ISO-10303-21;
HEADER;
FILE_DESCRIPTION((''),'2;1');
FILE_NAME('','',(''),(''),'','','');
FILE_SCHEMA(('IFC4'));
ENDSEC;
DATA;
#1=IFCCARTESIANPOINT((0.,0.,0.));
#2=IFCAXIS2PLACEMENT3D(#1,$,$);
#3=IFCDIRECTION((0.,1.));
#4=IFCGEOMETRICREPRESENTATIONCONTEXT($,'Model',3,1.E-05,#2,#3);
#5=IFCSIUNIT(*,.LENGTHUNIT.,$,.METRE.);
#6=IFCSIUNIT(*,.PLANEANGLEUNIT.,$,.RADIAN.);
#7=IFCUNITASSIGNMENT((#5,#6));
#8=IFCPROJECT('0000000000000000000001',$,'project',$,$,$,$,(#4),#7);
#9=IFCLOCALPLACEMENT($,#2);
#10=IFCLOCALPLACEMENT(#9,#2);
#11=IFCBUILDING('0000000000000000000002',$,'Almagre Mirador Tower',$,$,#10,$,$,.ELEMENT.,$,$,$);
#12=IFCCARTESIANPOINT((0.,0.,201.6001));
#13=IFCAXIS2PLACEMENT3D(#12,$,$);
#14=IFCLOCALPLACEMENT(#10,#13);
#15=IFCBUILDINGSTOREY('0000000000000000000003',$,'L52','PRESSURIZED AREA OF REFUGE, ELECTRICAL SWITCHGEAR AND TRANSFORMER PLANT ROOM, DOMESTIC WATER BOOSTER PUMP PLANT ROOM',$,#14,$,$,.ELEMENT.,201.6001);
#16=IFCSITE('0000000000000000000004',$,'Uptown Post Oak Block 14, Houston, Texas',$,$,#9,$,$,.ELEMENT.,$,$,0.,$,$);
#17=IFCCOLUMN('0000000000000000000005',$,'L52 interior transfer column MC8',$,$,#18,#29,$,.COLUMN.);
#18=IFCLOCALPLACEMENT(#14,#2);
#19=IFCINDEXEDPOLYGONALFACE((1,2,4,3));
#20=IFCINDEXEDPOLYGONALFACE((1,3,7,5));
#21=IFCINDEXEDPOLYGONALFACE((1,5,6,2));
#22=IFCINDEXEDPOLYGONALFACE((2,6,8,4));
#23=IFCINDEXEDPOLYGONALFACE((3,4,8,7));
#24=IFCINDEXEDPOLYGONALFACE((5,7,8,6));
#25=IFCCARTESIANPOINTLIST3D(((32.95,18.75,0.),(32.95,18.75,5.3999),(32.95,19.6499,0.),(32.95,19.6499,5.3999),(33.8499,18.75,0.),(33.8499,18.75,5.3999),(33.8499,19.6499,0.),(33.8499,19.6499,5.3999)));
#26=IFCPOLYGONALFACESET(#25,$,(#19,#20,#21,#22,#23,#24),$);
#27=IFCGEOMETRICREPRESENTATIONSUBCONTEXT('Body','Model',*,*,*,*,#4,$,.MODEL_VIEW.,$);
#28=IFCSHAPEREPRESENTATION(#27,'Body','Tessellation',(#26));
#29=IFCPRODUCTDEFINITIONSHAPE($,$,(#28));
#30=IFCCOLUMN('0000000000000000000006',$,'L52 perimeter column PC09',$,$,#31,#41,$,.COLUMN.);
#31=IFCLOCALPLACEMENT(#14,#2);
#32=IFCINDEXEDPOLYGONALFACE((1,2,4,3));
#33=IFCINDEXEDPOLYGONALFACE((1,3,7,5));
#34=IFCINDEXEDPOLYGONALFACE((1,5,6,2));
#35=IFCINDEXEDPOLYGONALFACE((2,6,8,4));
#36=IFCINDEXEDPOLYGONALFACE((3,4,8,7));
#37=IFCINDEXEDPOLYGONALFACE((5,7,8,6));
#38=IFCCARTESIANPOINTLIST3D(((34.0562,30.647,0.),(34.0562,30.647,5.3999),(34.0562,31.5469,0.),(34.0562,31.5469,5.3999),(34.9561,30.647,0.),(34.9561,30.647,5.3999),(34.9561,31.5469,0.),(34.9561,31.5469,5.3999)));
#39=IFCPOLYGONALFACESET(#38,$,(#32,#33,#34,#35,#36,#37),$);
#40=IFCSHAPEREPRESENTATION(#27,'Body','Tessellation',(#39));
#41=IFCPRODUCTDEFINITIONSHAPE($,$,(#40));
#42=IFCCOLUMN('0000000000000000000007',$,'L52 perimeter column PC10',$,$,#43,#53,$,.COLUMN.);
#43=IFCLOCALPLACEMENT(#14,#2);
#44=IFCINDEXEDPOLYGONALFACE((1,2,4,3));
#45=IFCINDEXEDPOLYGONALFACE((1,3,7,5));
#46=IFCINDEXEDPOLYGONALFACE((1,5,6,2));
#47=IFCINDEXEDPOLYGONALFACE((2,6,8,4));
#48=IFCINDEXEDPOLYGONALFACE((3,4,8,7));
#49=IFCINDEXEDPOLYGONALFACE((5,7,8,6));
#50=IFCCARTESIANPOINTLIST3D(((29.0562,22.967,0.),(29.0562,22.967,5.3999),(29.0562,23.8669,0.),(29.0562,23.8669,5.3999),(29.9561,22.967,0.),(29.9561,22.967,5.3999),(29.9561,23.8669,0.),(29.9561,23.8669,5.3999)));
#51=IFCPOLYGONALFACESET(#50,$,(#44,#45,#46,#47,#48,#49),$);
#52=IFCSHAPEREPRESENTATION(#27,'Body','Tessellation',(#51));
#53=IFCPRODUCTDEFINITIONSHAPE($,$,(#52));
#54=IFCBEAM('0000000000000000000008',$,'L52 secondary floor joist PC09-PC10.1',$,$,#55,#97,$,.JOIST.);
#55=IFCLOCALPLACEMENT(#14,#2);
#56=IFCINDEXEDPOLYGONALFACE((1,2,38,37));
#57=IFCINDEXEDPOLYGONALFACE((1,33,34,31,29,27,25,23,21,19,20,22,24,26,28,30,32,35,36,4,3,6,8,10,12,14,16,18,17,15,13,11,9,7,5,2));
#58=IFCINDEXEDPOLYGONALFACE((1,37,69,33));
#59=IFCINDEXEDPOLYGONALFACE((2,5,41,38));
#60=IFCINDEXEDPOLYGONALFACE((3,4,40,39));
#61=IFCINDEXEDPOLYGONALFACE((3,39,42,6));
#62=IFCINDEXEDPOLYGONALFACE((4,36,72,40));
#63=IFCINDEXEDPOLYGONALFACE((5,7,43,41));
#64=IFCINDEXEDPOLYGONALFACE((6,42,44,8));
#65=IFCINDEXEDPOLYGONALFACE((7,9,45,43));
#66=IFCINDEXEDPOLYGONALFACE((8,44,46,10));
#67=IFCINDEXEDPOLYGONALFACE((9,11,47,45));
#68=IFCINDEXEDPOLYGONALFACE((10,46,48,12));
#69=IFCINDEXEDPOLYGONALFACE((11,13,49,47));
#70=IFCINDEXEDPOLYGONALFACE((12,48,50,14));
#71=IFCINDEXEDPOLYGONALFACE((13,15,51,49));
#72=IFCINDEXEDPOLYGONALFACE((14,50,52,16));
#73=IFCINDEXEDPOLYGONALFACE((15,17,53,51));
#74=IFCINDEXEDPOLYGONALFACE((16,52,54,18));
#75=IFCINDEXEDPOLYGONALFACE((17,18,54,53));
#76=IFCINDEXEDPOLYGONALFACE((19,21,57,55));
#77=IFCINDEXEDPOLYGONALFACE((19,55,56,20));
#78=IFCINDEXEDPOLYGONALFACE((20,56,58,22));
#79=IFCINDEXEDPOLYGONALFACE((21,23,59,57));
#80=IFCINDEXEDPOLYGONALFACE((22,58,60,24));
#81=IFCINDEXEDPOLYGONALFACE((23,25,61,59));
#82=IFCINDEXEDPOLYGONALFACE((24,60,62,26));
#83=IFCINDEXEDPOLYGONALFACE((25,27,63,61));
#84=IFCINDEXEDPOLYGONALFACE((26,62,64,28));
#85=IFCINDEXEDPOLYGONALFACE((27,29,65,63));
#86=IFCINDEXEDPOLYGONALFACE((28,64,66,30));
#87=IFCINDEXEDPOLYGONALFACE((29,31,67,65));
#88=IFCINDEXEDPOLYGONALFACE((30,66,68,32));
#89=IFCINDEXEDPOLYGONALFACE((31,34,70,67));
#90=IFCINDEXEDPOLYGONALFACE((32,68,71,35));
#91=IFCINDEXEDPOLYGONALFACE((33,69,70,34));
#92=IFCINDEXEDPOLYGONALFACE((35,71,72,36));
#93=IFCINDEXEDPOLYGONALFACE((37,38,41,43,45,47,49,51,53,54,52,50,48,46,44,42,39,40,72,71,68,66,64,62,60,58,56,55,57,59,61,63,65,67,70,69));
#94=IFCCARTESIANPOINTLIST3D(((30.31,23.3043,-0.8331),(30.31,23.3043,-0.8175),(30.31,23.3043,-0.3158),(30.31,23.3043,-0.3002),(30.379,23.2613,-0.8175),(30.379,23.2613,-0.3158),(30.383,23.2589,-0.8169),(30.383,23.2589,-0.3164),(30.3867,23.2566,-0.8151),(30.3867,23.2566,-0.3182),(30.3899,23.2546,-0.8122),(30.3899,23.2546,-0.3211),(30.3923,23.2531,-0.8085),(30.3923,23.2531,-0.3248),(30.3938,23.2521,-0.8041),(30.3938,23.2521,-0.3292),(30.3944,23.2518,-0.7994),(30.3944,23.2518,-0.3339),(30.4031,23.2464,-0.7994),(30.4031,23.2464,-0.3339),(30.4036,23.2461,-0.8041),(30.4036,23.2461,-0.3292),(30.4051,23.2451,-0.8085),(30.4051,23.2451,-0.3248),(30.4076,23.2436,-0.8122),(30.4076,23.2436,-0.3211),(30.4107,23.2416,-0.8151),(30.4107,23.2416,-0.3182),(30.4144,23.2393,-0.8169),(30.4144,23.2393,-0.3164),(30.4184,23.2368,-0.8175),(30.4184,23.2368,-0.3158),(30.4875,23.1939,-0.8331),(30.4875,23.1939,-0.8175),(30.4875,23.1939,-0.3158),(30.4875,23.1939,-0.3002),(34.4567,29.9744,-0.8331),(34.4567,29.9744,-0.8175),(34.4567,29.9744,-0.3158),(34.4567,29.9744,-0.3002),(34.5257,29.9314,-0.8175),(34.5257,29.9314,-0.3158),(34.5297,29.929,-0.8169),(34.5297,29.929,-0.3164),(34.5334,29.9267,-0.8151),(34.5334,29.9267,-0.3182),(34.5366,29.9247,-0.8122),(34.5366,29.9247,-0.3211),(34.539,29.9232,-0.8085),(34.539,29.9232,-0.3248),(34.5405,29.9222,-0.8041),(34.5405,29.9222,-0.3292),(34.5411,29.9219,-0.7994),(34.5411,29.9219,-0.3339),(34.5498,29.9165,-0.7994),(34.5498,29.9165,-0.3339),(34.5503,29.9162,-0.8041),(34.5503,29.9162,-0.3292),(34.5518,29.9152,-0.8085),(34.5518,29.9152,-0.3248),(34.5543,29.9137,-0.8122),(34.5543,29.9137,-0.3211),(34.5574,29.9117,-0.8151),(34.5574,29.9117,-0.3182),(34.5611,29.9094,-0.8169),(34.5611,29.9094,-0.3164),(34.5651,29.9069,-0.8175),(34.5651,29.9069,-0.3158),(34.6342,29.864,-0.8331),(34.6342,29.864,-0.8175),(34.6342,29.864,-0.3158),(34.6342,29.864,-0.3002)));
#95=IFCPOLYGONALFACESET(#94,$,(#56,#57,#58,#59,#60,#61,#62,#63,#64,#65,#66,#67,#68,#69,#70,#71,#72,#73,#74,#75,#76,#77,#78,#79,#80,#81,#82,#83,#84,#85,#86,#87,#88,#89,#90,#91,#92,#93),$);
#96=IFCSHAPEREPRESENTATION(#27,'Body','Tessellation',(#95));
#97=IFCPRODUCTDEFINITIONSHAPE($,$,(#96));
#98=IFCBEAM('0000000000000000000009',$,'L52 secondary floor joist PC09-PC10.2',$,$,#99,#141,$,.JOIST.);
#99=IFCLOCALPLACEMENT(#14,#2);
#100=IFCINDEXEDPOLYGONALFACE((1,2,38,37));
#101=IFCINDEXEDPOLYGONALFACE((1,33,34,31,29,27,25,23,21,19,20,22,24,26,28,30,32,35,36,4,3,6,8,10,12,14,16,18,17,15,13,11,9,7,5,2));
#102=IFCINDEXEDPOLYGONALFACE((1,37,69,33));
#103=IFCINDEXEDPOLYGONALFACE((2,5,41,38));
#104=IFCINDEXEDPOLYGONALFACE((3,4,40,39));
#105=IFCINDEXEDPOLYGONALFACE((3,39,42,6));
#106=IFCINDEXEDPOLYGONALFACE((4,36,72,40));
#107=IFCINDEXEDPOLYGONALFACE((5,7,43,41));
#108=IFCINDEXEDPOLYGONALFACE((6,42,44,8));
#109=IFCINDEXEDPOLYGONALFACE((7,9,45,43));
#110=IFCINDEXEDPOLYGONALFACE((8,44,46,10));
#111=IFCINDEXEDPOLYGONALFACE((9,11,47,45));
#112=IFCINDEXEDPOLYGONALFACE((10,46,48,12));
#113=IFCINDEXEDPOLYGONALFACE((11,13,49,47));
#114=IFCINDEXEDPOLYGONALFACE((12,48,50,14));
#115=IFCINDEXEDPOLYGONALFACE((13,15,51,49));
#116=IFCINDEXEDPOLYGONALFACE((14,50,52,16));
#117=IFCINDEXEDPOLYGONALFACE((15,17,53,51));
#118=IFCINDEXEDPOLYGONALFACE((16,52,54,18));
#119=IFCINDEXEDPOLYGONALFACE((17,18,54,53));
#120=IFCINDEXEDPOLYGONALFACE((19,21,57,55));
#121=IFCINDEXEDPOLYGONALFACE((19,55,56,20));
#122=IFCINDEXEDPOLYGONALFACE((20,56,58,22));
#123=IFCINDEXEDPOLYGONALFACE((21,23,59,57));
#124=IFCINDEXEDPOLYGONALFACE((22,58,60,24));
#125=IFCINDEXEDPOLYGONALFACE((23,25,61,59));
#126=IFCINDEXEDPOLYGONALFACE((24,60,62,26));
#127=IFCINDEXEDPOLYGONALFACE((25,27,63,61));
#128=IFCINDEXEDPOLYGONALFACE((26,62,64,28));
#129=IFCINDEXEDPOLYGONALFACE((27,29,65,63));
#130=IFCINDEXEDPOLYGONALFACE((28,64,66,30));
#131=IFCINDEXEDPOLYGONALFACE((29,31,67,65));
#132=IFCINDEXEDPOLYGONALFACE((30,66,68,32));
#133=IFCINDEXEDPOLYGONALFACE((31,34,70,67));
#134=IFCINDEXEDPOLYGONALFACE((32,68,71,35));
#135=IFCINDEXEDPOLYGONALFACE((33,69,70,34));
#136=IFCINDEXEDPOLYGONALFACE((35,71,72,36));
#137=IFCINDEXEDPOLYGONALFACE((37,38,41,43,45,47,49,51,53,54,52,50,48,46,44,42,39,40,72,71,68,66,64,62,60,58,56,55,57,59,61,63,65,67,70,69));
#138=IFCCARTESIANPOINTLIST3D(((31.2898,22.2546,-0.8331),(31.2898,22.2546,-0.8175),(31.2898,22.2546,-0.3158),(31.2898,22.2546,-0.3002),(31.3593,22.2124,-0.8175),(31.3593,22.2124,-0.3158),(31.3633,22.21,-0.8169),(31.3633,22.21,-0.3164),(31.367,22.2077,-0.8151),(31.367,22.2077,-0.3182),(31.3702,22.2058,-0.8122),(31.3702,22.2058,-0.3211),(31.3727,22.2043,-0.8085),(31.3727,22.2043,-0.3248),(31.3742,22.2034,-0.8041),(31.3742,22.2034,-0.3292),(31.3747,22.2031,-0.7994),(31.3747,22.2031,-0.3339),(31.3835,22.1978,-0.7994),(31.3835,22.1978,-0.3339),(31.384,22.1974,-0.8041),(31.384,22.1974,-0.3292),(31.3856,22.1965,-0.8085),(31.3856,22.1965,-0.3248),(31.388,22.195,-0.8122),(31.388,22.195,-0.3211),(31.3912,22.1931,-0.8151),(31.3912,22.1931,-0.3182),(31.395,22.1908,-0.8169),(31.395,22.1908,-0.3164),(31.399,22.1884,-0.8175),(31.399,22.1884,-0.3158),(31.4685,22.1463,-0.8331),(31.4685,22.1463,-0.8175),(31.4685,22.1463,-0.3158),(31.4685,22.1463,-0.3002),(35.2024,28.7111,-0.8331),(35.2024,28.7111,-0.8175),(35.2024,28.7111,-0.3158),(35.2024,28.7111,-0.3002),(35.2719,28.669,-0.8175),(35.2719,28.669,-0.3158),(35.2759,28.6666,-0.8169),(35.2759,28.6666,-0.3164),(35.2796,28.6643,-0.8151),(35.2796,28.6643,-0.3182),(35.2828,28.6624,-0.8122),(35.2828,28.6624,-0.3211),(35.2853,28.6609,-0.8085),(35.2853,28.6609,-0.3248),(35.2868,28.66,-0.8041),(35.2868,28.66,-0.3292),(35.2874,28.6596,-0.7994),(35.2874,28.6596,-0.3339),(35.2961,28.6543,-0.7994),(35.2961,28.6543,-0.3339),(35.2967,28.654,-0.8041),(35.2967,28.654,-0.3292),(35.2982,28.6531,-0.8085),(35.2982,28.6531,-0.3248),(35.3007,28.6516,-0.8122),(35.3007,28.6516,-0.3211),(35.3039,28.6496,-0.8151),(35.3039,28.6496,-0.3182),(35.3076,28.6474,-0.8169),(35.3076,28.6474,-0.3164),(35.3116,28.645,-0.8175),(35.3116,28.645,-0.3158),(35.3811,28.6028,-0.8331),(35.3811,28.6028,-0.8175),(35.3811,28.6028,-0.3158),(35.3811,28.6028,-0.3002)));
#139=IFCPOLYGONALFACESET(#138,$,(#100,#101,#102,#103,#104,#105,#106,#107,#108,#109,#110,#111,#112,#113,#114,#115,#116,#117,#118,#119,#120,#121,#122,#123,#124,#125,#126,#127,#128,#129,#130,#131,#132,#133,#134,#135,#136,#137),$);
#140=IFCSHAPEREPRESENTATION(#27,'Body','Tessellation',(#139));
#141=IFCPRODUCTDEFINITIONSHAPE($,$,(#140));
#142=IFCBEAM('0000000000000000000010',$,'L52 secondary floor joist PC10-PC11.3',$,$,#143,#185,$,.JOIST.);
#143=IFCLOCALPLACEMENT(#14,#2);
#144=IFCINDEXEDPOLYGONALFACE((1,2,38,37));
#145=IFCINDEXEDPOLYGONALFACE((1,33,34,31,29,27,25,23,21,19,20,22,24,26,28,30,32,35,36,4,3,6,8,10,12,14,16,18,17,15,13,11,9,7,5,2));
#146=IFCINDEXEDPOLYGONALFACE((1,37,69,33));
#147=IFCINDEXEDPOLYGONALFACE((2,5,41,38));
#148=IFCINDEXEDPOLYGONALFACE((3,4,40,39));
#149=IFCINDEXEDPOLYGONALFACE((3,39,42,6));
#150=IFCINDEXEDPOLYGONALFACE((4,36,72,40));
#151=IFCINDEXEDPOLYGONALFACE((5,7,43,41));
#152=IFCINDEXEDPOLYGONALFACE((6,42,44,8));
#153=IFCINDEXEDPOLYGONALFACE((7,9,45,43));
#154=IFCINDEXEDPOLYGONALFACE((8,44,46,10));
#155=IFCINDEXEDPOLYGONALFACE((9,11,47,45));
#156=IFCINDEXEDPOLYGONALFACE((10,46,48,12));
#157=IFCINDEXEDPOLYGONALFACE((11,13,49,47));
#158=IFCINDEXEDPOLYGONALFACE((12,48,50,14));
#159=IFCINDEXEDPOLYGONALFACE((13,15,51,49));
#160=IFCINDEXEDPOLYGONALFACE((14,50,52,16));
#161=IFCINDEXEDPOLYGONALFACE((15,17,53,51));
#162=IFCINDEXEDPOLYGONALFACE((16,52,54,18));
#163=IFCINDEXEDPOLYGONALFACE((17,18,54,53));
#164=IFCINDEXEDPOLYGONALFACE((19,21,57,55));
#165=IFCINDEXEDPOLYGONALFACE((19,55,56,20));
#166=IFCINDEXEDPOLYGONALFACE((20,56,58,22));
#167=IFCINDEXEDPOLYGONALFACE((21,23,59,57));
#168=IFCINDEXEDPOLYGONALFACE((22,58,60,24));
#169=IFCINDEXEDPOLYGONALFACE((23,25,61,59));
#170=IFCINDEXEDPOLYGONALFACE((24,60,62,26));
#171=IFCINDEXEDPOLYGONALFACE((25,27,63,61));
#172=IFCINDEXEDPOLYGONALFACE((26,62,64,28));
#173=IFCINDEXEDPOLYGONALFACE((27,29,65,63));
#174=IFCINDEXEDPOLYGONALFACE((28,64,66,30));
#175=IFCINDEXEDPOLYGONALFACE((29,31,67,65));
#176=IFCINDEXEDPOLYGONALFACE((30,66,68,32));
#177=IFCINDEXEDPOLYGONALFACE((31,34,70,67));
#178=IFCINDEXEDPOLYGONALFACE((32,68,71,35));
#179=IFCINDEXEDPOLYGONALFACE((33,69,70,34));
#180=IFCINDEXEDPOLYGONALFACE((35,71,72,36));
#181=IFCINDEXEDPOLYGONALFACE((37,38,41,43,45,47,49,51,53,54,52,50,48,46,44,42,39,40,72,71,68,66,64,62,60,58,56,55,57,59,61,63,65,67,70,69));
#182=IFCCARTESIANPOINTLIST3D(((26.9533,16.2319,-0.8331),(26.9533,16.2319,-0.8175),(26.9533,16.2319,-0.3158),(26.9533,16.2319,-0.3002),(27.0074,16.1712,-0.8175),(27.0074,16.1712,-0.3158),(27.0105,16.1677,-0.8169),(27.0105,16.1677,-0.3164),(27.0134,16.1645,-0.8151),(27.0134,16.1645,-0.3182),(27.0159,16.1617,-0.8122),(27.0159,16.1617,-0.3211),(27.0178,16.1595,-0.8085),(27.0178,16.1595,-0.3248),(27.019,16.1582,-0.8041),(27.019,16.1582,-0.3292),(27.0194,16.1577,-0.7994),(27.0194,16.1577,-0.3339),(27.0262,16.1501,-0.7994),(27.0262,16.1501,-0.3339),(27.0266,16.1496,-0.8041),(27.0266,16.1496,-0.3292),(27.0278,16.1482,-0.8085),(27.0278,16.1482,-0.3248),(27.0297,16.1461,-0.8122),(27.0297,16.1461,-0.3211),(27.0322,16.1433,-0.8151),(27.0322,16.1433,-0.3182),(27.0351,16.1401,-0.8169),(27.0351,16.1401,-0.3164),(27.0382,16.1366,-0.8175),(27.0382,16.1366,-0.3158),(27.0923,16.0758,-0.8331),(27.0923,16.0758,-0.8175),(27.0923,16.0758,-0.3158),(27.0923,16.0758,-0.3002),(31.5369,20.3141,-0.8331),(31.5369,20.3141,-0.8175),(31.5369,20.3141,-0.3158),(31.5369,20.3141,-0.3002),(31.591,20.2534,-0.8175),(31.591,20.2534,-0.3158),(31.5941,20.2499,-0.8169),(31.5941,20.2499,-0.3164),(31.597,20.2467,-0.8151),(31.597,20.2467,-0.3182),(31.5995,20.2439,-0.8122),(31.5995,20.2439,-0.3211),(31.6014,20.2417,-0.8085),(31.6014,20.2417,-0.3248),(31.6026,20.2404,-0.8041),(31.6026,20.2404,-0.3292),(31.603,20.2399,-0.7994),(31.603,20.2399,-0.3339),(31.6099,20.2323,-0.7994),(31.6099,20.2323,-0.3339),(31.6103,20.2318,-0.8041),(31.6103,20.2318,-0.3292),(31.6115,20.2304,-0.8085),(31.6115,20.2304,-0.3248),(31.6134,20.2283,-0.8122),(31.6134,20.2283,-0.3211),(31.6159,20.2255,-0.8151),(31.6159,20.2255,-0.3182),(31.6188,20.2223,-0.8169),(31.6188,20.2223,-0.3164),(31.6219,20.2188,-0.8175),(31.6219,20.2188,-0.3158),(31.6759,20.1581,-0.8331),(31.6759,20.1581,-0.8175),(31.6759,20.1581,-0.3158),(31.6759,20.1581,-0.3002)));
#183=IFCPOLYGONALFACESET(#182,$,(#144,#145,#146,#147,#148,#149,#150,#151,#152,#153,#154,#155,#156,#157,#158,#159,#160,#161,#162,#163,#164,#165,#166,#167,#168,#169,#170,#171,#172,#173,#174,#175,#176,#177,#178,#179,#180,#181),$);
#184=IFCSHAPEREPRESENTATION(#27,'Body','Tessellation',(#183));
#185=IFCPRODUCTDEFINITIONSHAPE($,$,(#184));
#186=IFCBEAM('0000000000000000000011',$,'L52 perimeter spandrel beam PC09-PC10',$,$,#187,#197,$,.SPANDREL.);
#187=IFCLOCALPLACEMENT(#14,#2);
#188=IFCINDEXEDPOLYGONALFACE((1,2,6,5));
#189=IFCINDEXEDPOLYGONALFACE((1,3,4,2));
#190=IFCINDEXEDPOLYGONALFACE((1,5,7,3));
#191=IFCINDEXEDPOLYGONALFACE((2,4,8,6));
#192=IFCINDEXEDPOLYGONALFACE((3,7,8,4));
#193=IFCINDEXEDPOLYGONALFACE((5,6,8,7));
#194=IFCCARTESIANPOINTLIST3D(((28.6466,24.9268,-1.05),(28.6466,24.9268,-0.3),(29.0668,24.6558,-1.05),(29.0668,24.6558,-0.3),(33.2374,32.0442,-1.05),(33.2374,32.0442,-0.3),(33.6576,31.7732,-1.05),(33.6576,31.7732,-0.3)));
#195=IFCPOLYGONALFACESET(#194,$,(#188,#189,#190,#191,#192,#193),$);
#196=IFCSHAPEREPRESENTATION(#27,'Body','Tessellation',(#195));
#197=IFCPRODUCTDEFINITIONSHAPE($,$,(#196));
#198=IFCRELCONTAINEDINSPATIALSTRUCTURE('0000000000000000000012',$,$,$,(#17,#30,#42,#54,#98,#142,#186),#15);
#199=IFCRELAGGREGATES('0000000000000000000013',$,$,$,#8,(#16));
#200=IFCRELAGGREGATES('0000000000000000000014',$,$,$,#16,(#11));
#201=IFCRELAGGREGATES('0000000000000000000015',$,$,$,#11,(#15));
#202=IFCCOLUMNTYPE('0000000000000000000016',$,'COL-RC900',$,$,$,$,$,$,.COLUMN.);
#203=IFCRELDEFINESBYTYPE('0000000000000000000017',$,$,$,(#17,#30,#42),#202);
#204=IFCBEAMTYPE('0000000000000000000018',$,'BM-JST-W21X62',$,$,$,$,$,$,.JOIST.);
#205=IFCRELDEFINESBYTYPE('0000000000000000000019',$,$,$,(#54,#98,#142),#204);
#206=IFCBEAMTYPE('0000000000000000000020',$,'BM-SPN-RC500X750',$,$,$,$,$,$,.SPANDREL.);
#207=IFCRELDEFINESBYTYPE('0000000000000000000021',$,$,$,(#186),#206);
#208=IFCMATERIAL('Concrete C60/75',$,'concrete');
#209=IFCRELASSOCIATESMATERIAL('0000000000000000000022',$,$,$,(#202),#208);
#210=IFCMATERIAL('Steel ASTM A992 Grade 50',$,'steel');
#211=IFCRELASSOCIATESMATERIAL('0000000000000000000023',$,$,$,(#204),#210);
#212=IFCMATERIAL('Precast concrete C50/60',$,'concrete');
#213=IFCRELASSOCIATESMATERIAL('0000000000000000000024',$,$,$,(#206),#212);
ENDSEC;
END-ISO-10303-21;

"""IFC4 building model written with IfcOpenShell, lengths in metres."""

from ifc_helpers import new_model, si_unit, direction, frame, origin, origin_2d, place, context, subcontext, project, spatial, rectangle, i_section, extrude, material, material_profile, profile_set, type_object, element, save


model = new_model("IFC4")

# Units and contexts
model_context = context("Model", 3, precision=1e-05, world=origin(), true_north=direction((0.0, 1.0)))
body_context = subcontext(model_context, "Body", "Model", "MODEL_VIEW")
ifc_project = project(units=[si_unit("LENGTHUNIT", "METRE"), si_unit("PLANEANGLEUNIT", "RADIAN")], contexts=[model_context])

# Site, building, storey
site_placement = place(None, origin())
site = spatial("IfcSite", under=ifc_project, at=site_placement, Name="Uptown Post Oak Block 14, Houston, Texas", CompositionType="ELEMENT", RefElevation=0.0)
building_placement = place(site_placement, origin())
building = spatial("IfcBuilding", under=site, at=building_placement, Name="Almagre Mirador Tower", CompositionType="ELEMENT")
storey_placement = place(building_placement, frame((0.0, 0.0, 201.6001)))
storey = spatial("IfcBuildingStorey", under=building, at=storey_placement, Name="L52", Description="PRESSURIZED AREA OF REFUGE, ELECTRICAL SWITCHGEAR AND TRANSFORMER PLANT ROOM, DOMESTIC WATER BOOSTER PUMP PLANT ROOM", CompositionType="ELEMENT", Elevation=201.6001)

# Columns
ifc_material_1 = material(Name="Concrete C60/75", Category="concrete")
ifc_material_profile_1 = material_profile(ifc_material_1, rectangle(XDim=0.8999, YDim=0.8999, at=origin_2d()), Name="RC900X900")
ifc_profile_set_1 = profile_set([ifc_material_profile_1], Name="Concrete C60/75")
column_type = type_object("IfcColumnType", Name="COL-RC900", PredefinedType="COLUMN", material=ifc_profile_set_1)
for number, where, z_axis, x_axis, name in (
    (1, (33.3999, 19.2, 0.0), (0.0, 0.0, 1.0), (1.0, 0.0, 0.0), "L52 interior transfer column MC8"),
    (2, (34.5061, 31.0969, 0.0), (0.0, 0.0, 1.0), (1.0, 0.0, 0.0), "L52 perimeter column PC09"),
    (3, (29.5061, 23.417, 0.0), (0.0, 0.0, 1.0), (1.0, 0.0, 0.0), "L52 perimeter column PC10"),
):
    element("IfcColumn", number, at=place(storey_placement, frame(where, z_axis=z_axis, x_axis=x_axis)), inside=storey, type_object=column_type, Name=name, PredefinedType="COLUMN", context=body_context, shape_type="SweptSolid", body=[
        extrude(rectangle(XDim=0.8999, YDim=0.8999, at=origin_2d()), origin(), (0.0, 0.0, 1.0), 5.3999),
    ])

# Beams
ifc_material_2 = material(Name="Steel ASTM A992 Grade 50", Category="steel")
ifc_material_profile_2 = material_profile(ifc_material_2, i_section(OverallWidth=0.209, OverallDepth=0.533, WebThickness=0.0103, FlangeThickness=0.0156, FilletRadius=0.0181, at=origin_2d()), Name="W21X62")
ifc_profile_set_2 = profile_set([ifc_material_profile_2], Name="Steel ASTM A992 Grade 50")
beam_type_1 = type_object("IfcBeamType", Name="BM-JST-W21X62", PredefinedType="JOIST", material=ifc_profile_set_2)
beam_1_placement = place(storey_placement, frame((34.5454, 29.9192, -0.5667), z_axis=(-0.527972, -0.849262, 0.0), x_axis=(0.849262, -0.527972, 0.0)))
element("IfcBeam", 4, at=beam_1_placement, inside=storey, type_object=beam_type_1, Name="L52 secondary floor joist PC09-PC10.1", PredefinedType="JOIST", context=body_context, shape_type="SweptSolid", body=[
    extrude(i_section(OverallWidth=0.209, OverallDepth=0.533, WebThickness=0.0103, FlangeThickness=0.0156, FilletRadius=0.0181, at=origin_2d()), origin(), (0.0, 0.0, 1.0), 7.854),
])
beam_2_placement = place(storey_placement, frame((35.2917, 28.657, -0.5667), z_axis=(-0.518257, -0.855225, 0.0), x_axis=(0.855225, -0.518257, 0.0)))
element("IfcBeam", 5, at=beam_2_placement, inside=storey, type_object=beam_type_1, Name="L52 secondary floor joist PC09-PC10.2", PredefinedType="JOIST", context=body_context, shape_type="SweptSolid", body=[
    extrude(i_section(OverallWidth=0.209, OverallDepth=0.533, WebThickness=0.0103, FlangeThickness=0.0156, FilletRadius=0.0181, at=origin_2d()), origin(), (0.0, 0.0, 1.0), 7.5496),
])
beam_3_placement = place(storey_placement, frame((31.6064, 20.2361, -0.5667), z_axis=(-0.746775, -0.665077, 0.0), x_axis=(0.665077, -0.746775, 0.0)))
element("IfcBeam", 6, at=beam_3_placement, inside=storey, type_object=beam_type_1, Name="L52 secondary floor joist PC10-PC11.3", PredefinedType="JOIST", context=body_context, shape_type="SweptSolid", body=[
    extrude(i_section(OverallWidth=0.209, OverallDepth=0.533, WebThickness=0.0103, FlangeThickness=0.0156, FilletRadius=0.0181, at=origin_2d()), origin(), (0.0, 0.0, 1.0), 6.1379),
])
ifc_material_3 = material(Name="Precast concrete C50/60", Category="concrete")
ifc_material_profile_3 = material_profile(ifc_material_3, rectangle(XDim=0.5, YDim=0.75, at=origin_2d()), Name="RC500X750")
ifc_profile_set_3 = profile_set([ifc_material_profile_3], Name="Precast concrete C50/60")
beam_type_2 = type_object("IfcBeamType", Name="BM-SPN-RC500X750", PredefinedType="SPANDREL", material=ifc_profile_set_3)
beam_4_placement = place(storey_placement, frame((33.4475, 31.9087, -0.675), z_axis=(-0.542038, -0.840354, 0.0), x_axis=(0.840354, -0.542038, 0.0)))
element("IfcBeam", 7, at=beam_4_placement, inside=storey, type_object=beam_type_2, Name="L52 perimeter spandrel beam PC09-PC10", PredefinedType="SPANDREL", context=body_context, shape_type="SweptSolid", body=[
    extrude(rectangle(XDim=0.5, YDim=0.75, at=origin_2d()), origin(), (0.0, 0.0, 1.0), 8.4695),
])

save(model, "model.ifc")
